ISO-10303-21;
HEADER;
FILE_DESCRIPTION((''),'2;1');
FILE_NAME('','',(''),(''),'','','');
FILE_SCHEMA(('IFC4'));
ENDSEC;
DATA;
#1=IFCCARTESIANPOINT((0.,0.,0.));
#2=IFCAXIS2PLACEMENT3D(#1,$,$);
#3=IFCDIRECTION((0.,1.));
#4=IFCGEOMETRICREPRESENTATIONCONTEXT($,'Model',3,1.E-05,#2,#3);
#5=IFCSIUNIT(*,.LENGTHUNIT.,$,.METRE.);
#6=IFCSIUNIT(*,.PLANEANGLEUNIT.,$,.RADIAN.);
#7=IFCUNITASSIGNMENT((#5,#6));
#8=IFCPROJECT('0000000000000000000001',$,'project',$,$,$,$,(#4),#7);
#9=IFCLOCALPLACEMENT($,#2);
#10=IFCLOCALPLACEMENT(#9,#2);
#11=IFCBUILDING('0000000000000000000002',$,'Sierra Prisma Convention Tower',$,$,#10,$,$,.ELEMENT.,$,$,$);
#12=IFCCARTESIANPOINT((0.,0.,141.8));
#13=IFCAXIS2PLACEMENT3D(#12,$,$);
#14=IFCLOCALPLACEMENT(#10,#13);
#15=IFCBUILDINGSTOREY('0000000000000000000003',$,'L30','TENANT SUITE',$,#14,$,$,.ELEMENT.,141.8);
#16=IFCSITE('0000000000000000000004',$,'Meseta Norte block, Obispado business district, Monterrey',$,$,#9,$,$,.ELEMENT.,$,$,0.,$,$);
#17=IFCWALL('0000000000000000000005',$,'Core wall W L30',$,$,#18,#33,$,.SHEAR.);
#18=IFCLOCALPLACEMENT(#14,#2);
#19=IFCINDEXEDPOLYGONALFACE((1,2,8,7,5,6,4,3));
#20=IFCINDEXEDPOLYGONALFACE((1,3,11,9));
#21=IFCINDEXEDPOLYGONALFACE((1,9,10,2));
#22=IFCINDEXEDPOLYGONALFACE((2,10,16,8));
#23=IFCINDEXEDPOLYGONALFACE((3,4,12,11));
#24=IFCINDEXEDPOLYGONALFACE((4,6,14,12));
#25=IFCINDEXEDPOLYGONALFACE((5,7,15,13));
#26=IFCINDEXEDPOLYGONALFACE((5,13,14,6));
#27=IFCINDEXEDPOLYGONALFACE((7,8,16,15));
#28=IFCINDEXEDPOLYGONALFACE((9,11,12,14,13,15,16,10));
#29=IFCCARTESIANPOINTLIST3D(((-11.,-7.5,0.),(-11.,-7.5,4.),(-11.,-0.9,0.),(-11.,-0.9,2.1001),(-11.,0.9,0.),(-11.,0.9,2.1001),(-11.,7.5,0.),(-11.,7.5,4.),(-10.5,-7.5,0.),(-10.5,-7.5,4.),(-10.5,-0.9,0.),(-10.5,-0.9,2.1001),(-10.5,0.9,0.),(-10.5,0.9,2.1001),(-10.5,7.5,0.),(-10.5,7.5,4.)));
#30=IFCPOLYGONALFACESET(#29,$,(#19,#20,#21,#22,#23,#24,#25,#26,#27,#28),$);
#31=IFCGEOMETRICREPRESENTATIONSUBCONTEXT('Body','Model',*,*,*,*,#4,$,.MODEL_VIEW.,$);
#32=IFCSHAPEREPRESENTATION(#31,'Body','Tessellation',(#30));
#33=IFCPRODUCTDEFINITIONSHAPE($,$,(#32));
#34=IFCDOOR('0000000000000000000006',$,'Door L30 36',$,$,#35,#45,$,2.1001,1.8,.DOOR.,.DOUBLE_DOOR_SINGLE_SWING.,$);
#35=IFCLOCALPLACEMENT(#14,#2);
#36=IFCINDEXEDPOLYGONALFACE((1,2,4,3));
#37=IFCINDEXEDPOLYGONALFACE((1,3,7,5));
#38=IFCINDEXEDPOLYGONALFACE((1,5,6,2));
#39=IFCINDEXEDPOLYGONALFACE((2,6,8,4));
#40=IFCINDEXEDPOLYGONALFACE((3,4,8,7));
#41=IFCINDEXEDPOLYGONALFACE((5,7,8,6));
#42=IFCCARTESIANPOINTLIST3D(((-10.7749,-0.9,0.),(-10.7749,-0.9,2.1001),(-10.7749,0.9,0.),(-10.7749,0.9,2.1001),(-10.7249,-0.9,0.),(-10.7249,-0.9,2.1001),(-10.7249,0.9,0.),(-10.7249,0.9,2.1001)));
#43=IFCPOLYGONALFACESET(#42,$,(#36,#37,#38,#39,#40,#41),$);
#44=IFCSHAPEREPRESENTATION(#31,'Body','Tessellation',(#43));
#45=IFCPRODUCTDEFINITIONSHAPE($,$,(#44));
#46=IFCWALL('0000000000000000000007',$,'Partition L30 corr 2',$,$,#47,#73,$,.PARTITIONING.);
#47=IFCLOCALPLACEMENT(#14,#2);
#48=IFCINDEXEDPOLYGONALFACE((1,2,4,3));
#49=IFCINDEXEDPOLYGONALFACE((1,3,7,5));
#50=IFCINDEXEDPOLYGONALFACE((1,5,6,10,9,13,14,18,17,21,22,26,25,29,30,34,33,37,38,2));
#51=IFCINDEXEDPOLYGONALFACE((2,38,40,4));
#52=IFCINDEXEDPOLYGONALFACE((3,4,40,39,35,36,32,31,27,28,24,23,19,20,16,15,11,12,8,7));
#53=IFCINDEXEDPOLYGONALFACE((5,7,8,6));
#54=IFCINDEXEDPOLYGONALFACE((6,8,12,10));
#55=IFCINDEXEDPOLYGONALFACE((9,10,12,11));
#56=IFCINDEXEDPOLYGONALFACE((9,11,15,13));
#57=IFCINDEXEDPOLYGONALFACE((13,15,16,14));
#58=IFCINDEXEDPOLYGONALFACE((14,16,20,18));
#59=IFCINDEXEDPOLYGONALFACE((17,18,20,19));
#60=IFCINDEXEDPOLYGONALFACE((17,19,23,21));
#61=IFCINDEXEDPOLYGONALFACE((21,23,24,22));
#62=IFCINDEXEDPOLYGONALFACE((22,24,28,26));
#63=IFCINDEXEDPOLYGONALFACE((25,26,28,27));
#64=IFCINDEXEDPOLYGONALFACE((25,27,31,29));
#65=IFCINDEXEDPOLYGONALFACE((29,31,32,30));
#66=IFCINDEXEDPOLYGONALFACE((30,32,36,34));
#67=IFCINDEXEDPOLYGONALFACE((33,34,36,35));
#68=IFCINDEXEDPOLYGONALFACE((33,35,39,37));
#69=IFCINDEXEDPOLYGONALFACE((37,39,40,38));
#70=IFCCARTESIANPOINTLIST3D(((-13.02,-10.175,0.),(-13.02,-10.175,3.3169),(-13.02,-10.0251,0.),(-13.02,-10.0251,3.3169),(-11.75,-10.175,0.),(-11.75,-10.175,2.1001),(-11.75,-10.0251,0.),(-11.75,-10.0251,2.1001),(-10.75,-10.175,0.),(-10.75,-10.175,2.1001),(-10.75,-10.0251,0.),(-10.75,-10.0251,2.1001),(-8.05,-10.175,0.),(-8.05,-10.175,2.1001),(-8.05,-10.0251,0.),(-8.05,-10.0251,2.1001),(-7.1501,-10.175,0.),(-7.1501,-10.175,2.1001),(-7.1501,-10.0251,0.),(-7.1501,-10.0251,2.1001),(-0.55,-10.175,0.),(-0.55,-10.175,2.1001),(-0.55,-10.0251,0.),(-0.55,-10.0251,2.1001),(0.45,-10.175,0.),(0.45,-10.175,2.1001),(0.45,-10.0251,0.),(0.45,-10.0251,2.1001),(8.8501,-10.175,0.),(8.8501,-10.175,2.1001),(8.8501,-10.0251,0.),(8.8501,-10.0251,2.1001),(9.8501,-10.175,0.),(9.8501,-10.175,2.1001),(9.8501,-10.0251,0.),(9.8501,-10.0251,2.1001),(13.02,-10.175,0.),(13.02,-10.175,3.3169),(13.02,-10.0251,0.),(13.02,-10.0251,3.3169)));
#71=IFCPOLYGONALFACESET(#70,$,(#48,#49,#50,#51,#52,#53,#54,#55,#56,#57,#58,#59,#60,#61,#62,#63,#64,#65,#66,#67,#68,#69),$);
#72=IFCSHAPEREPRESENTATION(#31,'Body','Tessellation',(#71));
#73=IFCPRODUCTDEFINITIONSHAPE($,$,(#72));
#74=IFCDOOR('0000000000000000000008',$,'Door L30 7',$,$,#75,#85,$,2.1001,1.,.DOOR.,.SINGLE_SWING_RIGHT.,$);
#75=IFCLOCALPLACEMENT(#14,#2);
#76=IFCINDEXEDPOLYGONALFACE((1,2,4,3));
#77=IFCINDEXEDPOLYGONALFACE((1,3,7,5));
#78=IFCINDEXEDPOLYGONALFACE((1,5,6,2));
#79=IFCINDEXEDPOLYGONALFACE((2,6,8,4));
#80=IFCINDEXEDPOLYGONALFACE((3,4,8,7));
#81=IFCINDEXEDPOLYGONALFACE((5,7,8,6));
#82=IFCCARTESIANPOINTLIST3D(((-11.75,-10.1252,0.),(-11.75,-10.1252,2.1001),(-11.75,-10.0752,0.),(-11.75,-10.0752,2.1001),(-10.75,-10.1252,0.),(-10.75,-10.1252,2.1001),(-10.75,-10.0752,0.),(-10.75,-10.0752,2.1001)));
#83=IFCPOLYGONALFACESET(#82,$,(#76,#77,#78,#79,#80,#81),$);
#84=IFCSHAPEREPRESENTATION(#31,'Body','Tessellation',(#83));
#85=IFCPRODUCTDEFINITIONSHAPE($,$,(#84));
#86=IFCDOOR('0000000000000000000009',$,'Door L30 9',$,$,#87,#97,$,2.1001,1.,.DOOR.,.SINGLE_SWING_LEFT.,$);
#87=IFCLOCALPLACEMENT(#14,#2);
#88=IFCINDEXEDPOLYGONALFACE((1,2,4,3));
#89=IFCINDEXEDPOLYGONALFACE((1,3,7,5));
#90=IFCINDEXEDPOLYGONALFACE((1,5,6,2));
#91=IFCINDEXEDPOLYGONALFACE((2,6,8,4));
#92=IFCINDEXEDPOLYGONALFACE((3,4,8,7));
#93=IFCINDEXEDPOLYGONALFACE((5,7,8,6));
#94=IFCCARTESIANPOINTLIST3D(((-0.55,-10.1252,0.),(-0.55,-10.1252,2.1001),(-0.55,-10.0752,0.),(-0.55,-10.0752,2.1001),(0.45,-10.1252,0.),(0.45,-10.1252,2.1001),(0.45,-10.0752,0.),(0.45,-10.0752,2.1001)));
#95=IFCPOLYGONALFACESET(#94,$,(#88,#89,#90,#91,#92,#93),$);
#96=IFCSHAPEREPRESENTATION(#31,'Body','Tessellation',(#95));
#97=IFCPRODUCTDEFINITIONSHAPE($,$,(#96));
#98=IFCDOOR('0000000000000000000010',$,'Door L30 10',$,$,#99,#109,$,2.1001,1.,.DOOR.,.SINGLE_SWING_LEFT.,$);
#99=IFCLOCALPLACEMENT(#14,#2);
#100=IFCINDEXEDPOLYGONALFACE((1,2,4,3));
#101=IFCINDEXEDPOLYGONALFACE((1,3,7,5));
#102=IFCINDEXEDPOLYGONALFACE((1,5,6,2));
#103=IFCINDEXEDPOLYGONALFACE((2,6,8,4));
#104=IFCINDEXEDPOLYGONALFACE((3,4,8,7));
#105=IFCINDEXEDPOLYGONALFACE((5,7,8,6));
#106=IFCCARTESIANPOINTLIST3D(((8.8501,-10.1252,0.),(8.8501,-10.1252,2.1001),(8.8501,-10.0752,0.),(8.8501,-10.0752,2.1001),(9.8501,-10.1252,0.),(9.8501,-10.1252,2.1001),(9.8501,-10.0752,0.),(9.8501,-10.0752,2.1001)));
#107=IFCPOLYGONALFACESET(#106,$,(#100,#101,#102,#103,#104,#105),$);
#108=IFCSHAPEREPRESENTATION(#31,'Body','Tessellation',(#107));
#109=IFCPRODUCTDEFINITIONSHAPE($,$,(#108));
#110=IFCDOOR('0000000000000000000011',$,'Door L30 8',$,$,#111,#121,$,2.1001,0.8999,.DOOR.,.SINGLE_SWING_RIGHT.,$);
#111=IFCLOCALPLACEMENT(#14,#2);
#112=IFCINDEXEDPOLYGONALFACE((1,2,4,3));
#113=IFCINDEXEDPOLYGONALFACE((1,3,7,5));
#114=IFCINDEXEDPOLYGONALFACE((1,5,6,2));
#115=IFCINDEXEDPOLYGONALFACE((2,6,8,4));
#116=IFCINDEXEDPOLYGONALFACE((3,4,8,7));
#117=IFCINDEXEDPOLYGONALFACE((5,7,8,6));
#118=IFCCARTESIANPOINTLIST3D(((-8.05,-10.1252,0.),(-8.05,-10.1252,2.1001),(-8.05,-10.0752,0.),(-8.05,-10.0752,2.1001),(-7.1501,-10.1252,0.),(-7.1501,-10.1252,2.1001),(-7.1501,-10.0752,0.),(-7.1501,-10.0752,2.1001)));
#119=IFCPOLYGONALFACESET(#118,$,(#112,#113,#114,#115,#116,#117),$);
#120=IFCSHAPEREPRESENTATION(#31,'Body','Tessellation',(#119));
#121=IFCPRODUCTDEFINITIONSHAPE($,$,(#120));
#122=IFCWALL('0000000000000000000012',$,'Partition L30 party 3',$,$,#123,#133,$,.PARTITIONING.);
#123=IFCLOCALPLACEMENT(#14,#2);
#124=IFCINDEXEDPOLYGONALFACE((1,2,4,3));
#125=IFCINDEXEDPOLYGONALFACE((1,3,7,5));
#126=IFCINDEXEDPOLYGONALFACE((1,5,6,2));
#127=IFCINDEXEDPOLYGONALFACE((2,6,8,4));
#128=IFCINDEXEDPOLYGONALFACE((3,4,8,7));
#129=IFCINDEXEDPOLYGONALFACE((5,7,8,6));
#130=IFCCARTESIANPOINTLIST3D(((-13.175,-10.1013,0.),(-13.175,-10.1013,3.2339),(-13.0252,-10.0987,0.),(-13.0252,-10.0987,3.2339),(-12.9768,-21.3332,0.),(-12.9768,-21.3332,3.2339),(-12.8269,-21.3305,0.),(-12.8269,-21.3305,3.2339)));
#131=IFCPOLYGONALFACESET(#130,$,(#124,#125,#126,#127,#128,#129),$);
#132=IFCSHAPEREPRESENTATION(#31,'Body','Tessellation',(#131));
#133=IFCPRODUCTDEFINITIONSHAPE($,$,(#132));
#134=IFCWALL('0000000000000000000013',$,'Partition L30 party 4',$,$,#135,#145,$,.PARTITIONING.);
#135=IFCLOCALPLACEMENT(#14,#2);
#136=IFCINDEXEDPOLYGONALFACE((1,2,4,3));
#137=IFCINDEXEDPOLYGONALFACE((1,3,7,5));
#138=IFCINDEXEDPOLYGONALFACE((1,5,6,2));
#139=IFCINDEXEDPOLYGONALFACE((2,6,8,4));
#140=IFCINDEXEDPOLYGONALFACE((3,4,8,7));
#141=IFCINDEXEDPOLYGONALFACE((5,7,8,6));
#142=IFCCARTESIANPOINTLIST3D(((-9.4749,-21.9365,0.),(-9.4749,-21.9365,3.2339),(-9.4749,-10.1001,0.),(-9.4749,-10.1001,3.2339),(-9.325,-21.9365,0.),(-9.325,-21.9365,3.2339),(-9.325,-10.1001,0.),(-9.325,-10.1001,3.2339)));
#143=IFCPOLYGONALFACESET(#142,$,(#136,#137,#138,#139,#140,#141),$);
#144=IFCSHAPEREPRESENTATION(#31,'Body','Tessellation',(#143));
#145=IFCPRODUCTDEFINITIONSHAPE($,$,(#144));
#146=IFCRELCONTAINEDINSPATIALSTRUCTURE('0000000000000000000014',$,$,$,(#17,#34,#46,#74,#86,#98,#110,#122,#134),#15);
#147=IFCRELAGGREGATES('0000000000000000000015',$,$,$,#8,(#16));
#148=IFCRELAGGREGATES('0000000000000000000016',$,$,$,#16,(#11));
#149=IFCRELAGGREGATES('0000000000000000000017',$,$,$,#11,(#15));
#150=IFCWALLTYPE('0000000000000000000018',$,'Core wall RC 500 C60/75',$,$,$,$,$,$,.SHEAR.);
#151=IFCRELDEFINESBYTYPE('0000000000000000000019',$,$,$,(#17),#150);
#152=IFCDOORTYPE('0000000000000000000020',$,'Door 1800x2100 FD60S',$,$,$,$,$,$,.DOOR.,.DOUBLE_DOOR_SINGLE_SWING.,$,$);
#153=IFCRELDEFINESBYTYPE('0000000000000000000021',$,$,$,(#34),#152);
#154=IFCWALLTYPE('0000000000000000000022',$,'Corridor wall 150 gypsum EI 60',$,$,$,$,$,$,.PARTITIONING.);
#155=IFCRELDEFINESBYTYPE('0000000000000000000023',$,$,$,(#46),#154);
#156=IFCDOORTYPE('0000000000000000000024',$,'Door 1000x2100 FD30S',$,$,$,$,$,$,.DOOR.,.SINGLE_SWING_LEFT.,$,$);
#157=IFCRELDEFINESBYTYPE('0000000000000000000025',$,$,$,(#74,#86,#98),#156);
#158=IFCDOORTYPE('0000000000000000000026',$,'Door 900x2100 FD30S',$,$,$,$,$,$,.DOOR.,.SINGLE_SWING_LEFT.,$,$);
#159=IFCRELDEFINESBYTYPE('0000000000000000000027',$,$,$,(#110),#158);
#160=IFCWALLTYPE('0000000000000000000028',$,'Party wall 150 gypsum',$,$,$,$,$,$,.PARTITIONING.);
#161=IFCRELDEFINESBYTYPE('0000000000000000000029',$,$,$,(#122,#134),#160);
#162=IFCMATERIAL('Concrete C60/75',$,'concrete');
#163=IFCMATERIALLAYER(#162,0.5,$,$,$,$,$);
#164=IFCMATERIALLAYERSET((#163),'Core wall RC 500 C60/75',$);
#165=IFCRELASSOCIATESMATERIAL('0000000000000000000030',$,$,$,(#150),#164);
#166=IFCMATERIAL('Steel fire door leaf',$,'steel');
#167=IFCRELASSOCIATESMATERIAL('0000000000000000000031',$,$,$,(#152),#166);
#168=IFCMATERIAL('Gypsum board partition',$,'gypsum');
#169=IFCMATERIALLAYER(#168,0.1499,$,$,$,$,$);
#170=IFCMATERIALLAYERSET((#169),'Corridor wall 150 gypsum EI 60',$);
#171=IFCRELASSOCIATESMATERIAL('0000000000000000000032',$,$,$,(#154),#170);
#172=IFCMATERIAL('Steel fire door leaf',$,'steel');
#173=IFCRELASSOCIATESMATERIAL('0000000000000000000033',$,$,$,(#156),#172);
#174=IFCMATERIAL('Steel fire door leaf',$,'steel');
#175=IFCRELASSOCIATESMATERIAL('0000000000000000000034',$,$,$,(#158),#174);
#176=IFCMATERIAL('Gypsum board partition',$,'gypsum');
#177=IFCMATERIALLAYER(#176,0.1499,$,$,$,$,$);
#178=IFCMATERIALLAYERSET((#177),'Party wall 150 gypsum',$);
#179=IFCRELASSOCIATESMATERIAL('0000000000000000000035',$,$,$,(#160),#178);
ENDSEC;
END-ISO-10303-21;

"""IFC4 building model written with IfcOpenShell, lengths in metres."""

from ifc_helpers import new_model, si_unit, direction, frame, frame_2d, origin, place, context, subcontext, project, spatial, rectangle, extrude, material, layer, layer_set, type_object, element, fill, save


model = new_model("IFC4")

# Units and contexts
model_context = context("Model", 3, precision=1e-05, world=origin(), true_north=direction((0.0, 1.0)))
body_context = subcontext(model_context, "Body", "Model", "MODEL_VIEW")
ifc_project = project(units=[si_unit("LENGTHUNIT", "METRE"), si_unit("PLANEANGLEUNIT", "RADIAN")], contexts=[model_context])

# Site, building, storey
site_placement = place(None, origin())
site = spatial("IfcSite", under=ifc_project, at=site_placement, Name="Meseta Norte block, Obispado business district, Monterrey", CompositionType="ELEMENT", RefElevation=0.0)
building_placement = place(site_placement, origin())
building = spatial("IfcBuilding", under=site, at=building_placement, Name="Sierra Prisma Convention Tower", CompositionType="ELEMENT")
storey_placement = place(building_placement, frame((0.0, 0.0, 141.8)))
storey = spatial("IfcBuildingStorey", under=building, at=storey_placement, Name="L30", Description="TENANT SUITE", CompositionType="ELEMENT", Elevation=141.8)

# Wall, opening, door
ifc_material_1 = material(Name="Concrete C60/75", Category="concrete")
ifc_layer_1 = layer(ifc_material_1, 0.5)
ifc_layer_set_1 = layer_set([ifc_layer_1], Name="Core wall RC 500 C60/75")
wall_type_1 = type_object("IfcWallType", Name="Core wall RC 500 C60/75", PredefinedType="SHEAR", material=ifc_layer_set_1)
wall_1_placement = place(storey_placement, frame((-10.75, -7.5, 0.0), z_axis=(0.0, 0.0, 1.0), x_axis=(0.0, 1.0, 0.0)))
wall_1 = element("IfcWall", 1, at=wall_1_placement, inside=storey, type_object=wall_type_1, Name="Core wall W L30", PredefinedType="SHEAR", context=body_context, shape_type="SweptSolid", body=[
    extrude(rectangle(XDim=15.0, YDim=0.5, at=frame_2d((7.5, 0.0))), origin(), (0.0, 0.0, 1.0), 4.0),
])
opening_1_placement = place(wall_1_placement, frame((6.6001, 0.0, 0.0)))
opening_1 = element("IfcOpeningElement", 2, at=opening_1_placement, cuts=wall_1, PredefinedType="OPENING", context=body_context, shape_type="SweptSolid", body=[
    extrude(rectangle(XDim=1.8, YDim=2.1001, at=frame_2d((0.8999, 1.05))), frame((0.0, 0.25, 0.0), z_axis=(0.0, -1.0, 0.0), x_axis=(1.0, 0.0, 0.0)), (0.0, 0.0, 1.0), 0.5),
])
ifc_material_2 = material(Name="Steel fire door leaf", Category="steel")
door_type_1 = type_object("IfcDoorType", Name="Door 1800x2100 FD60S", OperationType="DOUBLE_DOOR_SINGLE_SWING", PredefinedType="DOOR", material=ifc_material_2)
door_1_placement = place(opening_1_placement, origin())
door_1 = element("IfcDoor", 3, at=door_1_placement, inside=storey, type_object=door_type_1, Name="Door L30 36", OperationType="DOUBLE_DOOR_SINGLE_SWING", OverallHeight=2.1001, OverallWidth=1.8, PredefinedType="DOOR", context=body_context, shape_type="SweptSolid", body=[
    extrude(rectangle(XDim=1.8, YDim=2.1001, at=frame_2d((0.8999, 1.05))), frame((0.0, 0.0249, 0.0), z_axis=(0.0, -1.0, 0.0), x_axis=(1.0, 0.0, 0.0)), (0.0, 0.0, 1.0), 0.05),
])
fill(opening_1, door_1)

# Wall, openings, doors
ifc_material_3 = material(Name="Gypsum board partition", Category="gypsum")
ifc_layer_2 = layer(ifc_material_3, 0.1499)
ifc_layer_set_2 = layer_set([ifc_layer_2], Name="Corridor wall 150 gypsum EI 60")
wall_type_2 = type_object("IfcWallType", Name="Corridor wall 150 gypsum EI 60", PredefinedType="PARTITIONING", material=ifc_layer_set_2)
wall_2_placement = place(storey_placement, frame((-13.02, -10.1001, 0.0), z_axis=(0.0, 0.0, 1.0), x_axis=(1.0, 0.0, 0.0)))
wall_2 = element("IfcWall", 4, at=wall_2_placement, inside=storey, type_object=wall_type_2, Name="Partition L30 corr 2", PredefinedType="PARTITIONING", context=body_context, shape_type="SweptSolid", body=[
    extrude(rectangle(XDim=26.04, YDim=0.1499, at=frame_2d((13.02, 0.0))), origin(), (0.0, 0.0, 1.0), 3.3169),
])
opening_2_placement = place(wall_2_placement, frame((1.27, 0.0, 0.0)))
opening_2 = element("IfcOpeningElement", 5, at=opening_2_placement, cuts=wall_2, PredefinedType="OPENING", context=body_context, shape_type="SweptSolid", body=[
    extrude(rectangle(XDim=1.0, YDim=2.1001, at=frame_2d((0.5, 1.05))), frame((0.0, 0.075, 0.0), z_axis=(0.0, -1.0, 0.0), x_axis=(1.0, 0.0, 0.0)), (0.0, 0.0, 1.0), 0.1499),
])
opening_3_placement = place(wall_2_placement, frame((4.97, 0.0, 0.0)))
opening_3 = element("IfcOpeningElement", 6, at=opening_3_placement, cuts=wall_2, PredefinedType="OPENING", context=body_context, shape_type="SweptSolid", body=[
    extrude(rectangle(XDim=0.8999, YDim=2.1001, at=frame_2d((0.45, 1.05))), frame((0.0, 0.075, 0.0), z_axis=(0.0, -1.0, 0.0), x_axis=(1.0, 0.0, 0.0)), (0.0, 0.0, 1.0), 0.1499),
])
opening_4_placement = place(wall_2_placement, frame((12.47, 0.0, 0.0)))
opening_4 = element("IfcOpeningElement", 7, at=opening_4_placement, cuts=wall_2, PredefinedType="OPENING", context=body_context, shape_type="SweptSolid", body=[
    extrude(rectangle(XDim=1.0, YDim=2.1001, at=frame_2d((0.5, 1.05))), frame((0.0, 0.075, 0.0), z_axis=(0.0, -1.0, 0.0), x_axis=(1.0, 0.0, 0.0)), (0.0, 0.0, 1.0), 0.1499),
])
opening_5_placement = place(wall_2_placement, frame((21.8701, 0.0, 0.0)))
opening_5 = element("IfcOpeningElement", 8, at=opening_5_placement, cuts=wall_2, PredefinedType="OPENING", context=body_context, shape_type="SweptSolid", body=[
    extrude(rectangle(XDim=1.0, YDim=2.1001, at=frame_2d((0.5, 1.05))), frame((0.0, 0.075, 0.0), z_axis=(0.0, -1.0, 0.0), x_axis=(1.0, 0.0, 0.0)), (0.0, 0.0, 1.0), 0.1499),
])
ifc_material_4 = material(Name="Steel fire door leaf", Category="steel")
door_type_2 = type_object("IfcDoorType", Name="Door 1000x2100 FD30S", OperationType="SINGLE_SWING_LEFT", PredefinedType="DOOR", material=ifc_material_4)
door_2_placement = place(opening_2_placement, origin())
door_2 = element("IfcDoor", 9, at=door_2_placement, inside=storey, type_object=door_type_2, Name="Door L30 7", OperationType="SINGLE_SWING_RIGHT", OverallHeight=2.1001, OverallWidth=1.0, PredefinedType="DOOR", context=body_context, shape_type="SweptSolid", body=[
    extrude(rectangle(XDim=1.0, YDim=2.1001, at=frame_2d((0.5, 1.05))), frame((0.0, 0.0249, 0.0), z_axis=(0.0, -1.0, 0.0), x_axis=(1.0, 0.0, 0.0)), (0.0, 0.0, 1.0), 0.05),
])
fill(opening_2, door_2)
door_3_placement = place(opening_4_placement, origin())
door_3 = element("IfcDoor", 10, at=door_3_placement, inside=storey, type_object=door_type_2, Name="Door L30 9", OperationType="SINGLE_SWING_LEFT", OverallHeight=2.1001, OverallWidth=1.0, PredefinedType="DOOR", context=body_context, shape_type="SweptSolid", body=[
    extrude(rectangle(XDim=1.0, YDim=2.1001, at=frame_2d((0.5, 1.05))), frame((0.0, 0.0249, 0.0), z_axis=(0.0, -1.0, 0.0), x_axis=(1.0, 0.0, 0.0)), (0.0, 0.0, 1.0), 0.05),
])
fill(opening_4, door_3)
door_4_placement = place(opening_5_placement, origin())
door_4 = element("IfcDoor", 11, at=door_4_placement, inside=storey, type_object=door_type_2, Name="Door L30 10", OperationType="SINGLE_SWING_LEFT", OverallHeight=2.1001, OverallWidth=1.0, PredefinedType="DOOR", context=body_context, shape_type="SweptSolid", body=[
    extrude(rectangle(XDim=1.0, YDim=2.1001, at=frame_2d((0.5, 1.05))), frame((0.0, 0.0249, 0.0), z_axis=(0.0, -1.0, 0.0), x_axis=(1.0, 0.0, 0.0)), (0.0, 0.0, 1.0), 0.05),
])
fill(opening_5, door_4)
ifc_material_5 = material(Name="Steel fire door leaf", Category="steel")
door_type_3 = type_object("IfcDoorType", Name="Door 900x2100 FD30S", OperationType="SINGLE_SWING_LEFT", PredefinedType="DOOR", material=ifc_material_5)
door_5_placement = place(opening_3_placement, origin())
door_5 = element("IfcDoor", 12, at=door_5_placement, inside=storey, type_object=door_type_3, Name="Door L30 8", OperationType="SINGLE_SWING_RIGHT", OverallHeight=2.1001, OverallWidth=0.8999, PredefinedType="DOOR", context=body_context, shape_type="SweptSolid", body=[
    extrude(rectangle(XDim=0.8999, YDim=2.1001, at=frame_2d((0.45, 1.05))), frame((0.0, 0.0249, 0.0), z_axis=(0.0, -1.0, 0.0), x_axis=(1.0, 0.0, 0.0)), (0.0, 0.0, 1.0), 0.05),
])
fill(opening_3, door_5)

# Walls
ifc_material_6 = material(Name="Gypsum board partition", Category="gypsum")
ifc_layer_3 = layer(ifc_material_6, 0.1499)
ifc_layer_set_3 = layer_set([ifc_layer_3], Name="Party wall 150 gypsum")
wall_type_3 = type_object("IfcWallType", Name="Party wall 150 gypsum", PredefinedType="PARTITIONING", material=ifc_layer_set_3)
wall_3_placement = place(storey_placement, frame((-13.1001, -10.1001, 0.0), z_axis=(0.0, 0.0, 1.0), x_axis=(0.017647, -0.999844, 0.0)))
element("IfcWall", 13, at=wall_3_placement, inside=storey, type_object=wall_type_3, Name="Partition L30 party 3", PredefinedType="PARTITIONING", context=body_context, shape_type="SweptSolid", body=[
    extrude(rectangle(XDim=11.2336, YDim=0.1499, at=frame_2d((5.6167, 0.0))), origin(), (0.0, 0.0, 1.0), 3.2339),
])
wall_4_placement = place(storey_placement, frame((-9.3999, -10.1001, 0.0), z_axis=(0.0, 0.0, 1.0), x_axis=(0.0, -1.0, 0.0)))
element("IfcWall", 14, at=wall_4_placement, inside=storey, type_object=wall_type_3, Name="Partition L30 party 4", PredefinedType="PARTITIONING", context=body_context, shape_type="SweptSolid", body=[
    extrude(rectangle(XDim=11.8364, YDim=0.1499, at=frame_2d((5.9182, 0.0))), origin(), (0.0, 0.0, 1.0), 3.2339),
])

save(model, "model.ifc")
